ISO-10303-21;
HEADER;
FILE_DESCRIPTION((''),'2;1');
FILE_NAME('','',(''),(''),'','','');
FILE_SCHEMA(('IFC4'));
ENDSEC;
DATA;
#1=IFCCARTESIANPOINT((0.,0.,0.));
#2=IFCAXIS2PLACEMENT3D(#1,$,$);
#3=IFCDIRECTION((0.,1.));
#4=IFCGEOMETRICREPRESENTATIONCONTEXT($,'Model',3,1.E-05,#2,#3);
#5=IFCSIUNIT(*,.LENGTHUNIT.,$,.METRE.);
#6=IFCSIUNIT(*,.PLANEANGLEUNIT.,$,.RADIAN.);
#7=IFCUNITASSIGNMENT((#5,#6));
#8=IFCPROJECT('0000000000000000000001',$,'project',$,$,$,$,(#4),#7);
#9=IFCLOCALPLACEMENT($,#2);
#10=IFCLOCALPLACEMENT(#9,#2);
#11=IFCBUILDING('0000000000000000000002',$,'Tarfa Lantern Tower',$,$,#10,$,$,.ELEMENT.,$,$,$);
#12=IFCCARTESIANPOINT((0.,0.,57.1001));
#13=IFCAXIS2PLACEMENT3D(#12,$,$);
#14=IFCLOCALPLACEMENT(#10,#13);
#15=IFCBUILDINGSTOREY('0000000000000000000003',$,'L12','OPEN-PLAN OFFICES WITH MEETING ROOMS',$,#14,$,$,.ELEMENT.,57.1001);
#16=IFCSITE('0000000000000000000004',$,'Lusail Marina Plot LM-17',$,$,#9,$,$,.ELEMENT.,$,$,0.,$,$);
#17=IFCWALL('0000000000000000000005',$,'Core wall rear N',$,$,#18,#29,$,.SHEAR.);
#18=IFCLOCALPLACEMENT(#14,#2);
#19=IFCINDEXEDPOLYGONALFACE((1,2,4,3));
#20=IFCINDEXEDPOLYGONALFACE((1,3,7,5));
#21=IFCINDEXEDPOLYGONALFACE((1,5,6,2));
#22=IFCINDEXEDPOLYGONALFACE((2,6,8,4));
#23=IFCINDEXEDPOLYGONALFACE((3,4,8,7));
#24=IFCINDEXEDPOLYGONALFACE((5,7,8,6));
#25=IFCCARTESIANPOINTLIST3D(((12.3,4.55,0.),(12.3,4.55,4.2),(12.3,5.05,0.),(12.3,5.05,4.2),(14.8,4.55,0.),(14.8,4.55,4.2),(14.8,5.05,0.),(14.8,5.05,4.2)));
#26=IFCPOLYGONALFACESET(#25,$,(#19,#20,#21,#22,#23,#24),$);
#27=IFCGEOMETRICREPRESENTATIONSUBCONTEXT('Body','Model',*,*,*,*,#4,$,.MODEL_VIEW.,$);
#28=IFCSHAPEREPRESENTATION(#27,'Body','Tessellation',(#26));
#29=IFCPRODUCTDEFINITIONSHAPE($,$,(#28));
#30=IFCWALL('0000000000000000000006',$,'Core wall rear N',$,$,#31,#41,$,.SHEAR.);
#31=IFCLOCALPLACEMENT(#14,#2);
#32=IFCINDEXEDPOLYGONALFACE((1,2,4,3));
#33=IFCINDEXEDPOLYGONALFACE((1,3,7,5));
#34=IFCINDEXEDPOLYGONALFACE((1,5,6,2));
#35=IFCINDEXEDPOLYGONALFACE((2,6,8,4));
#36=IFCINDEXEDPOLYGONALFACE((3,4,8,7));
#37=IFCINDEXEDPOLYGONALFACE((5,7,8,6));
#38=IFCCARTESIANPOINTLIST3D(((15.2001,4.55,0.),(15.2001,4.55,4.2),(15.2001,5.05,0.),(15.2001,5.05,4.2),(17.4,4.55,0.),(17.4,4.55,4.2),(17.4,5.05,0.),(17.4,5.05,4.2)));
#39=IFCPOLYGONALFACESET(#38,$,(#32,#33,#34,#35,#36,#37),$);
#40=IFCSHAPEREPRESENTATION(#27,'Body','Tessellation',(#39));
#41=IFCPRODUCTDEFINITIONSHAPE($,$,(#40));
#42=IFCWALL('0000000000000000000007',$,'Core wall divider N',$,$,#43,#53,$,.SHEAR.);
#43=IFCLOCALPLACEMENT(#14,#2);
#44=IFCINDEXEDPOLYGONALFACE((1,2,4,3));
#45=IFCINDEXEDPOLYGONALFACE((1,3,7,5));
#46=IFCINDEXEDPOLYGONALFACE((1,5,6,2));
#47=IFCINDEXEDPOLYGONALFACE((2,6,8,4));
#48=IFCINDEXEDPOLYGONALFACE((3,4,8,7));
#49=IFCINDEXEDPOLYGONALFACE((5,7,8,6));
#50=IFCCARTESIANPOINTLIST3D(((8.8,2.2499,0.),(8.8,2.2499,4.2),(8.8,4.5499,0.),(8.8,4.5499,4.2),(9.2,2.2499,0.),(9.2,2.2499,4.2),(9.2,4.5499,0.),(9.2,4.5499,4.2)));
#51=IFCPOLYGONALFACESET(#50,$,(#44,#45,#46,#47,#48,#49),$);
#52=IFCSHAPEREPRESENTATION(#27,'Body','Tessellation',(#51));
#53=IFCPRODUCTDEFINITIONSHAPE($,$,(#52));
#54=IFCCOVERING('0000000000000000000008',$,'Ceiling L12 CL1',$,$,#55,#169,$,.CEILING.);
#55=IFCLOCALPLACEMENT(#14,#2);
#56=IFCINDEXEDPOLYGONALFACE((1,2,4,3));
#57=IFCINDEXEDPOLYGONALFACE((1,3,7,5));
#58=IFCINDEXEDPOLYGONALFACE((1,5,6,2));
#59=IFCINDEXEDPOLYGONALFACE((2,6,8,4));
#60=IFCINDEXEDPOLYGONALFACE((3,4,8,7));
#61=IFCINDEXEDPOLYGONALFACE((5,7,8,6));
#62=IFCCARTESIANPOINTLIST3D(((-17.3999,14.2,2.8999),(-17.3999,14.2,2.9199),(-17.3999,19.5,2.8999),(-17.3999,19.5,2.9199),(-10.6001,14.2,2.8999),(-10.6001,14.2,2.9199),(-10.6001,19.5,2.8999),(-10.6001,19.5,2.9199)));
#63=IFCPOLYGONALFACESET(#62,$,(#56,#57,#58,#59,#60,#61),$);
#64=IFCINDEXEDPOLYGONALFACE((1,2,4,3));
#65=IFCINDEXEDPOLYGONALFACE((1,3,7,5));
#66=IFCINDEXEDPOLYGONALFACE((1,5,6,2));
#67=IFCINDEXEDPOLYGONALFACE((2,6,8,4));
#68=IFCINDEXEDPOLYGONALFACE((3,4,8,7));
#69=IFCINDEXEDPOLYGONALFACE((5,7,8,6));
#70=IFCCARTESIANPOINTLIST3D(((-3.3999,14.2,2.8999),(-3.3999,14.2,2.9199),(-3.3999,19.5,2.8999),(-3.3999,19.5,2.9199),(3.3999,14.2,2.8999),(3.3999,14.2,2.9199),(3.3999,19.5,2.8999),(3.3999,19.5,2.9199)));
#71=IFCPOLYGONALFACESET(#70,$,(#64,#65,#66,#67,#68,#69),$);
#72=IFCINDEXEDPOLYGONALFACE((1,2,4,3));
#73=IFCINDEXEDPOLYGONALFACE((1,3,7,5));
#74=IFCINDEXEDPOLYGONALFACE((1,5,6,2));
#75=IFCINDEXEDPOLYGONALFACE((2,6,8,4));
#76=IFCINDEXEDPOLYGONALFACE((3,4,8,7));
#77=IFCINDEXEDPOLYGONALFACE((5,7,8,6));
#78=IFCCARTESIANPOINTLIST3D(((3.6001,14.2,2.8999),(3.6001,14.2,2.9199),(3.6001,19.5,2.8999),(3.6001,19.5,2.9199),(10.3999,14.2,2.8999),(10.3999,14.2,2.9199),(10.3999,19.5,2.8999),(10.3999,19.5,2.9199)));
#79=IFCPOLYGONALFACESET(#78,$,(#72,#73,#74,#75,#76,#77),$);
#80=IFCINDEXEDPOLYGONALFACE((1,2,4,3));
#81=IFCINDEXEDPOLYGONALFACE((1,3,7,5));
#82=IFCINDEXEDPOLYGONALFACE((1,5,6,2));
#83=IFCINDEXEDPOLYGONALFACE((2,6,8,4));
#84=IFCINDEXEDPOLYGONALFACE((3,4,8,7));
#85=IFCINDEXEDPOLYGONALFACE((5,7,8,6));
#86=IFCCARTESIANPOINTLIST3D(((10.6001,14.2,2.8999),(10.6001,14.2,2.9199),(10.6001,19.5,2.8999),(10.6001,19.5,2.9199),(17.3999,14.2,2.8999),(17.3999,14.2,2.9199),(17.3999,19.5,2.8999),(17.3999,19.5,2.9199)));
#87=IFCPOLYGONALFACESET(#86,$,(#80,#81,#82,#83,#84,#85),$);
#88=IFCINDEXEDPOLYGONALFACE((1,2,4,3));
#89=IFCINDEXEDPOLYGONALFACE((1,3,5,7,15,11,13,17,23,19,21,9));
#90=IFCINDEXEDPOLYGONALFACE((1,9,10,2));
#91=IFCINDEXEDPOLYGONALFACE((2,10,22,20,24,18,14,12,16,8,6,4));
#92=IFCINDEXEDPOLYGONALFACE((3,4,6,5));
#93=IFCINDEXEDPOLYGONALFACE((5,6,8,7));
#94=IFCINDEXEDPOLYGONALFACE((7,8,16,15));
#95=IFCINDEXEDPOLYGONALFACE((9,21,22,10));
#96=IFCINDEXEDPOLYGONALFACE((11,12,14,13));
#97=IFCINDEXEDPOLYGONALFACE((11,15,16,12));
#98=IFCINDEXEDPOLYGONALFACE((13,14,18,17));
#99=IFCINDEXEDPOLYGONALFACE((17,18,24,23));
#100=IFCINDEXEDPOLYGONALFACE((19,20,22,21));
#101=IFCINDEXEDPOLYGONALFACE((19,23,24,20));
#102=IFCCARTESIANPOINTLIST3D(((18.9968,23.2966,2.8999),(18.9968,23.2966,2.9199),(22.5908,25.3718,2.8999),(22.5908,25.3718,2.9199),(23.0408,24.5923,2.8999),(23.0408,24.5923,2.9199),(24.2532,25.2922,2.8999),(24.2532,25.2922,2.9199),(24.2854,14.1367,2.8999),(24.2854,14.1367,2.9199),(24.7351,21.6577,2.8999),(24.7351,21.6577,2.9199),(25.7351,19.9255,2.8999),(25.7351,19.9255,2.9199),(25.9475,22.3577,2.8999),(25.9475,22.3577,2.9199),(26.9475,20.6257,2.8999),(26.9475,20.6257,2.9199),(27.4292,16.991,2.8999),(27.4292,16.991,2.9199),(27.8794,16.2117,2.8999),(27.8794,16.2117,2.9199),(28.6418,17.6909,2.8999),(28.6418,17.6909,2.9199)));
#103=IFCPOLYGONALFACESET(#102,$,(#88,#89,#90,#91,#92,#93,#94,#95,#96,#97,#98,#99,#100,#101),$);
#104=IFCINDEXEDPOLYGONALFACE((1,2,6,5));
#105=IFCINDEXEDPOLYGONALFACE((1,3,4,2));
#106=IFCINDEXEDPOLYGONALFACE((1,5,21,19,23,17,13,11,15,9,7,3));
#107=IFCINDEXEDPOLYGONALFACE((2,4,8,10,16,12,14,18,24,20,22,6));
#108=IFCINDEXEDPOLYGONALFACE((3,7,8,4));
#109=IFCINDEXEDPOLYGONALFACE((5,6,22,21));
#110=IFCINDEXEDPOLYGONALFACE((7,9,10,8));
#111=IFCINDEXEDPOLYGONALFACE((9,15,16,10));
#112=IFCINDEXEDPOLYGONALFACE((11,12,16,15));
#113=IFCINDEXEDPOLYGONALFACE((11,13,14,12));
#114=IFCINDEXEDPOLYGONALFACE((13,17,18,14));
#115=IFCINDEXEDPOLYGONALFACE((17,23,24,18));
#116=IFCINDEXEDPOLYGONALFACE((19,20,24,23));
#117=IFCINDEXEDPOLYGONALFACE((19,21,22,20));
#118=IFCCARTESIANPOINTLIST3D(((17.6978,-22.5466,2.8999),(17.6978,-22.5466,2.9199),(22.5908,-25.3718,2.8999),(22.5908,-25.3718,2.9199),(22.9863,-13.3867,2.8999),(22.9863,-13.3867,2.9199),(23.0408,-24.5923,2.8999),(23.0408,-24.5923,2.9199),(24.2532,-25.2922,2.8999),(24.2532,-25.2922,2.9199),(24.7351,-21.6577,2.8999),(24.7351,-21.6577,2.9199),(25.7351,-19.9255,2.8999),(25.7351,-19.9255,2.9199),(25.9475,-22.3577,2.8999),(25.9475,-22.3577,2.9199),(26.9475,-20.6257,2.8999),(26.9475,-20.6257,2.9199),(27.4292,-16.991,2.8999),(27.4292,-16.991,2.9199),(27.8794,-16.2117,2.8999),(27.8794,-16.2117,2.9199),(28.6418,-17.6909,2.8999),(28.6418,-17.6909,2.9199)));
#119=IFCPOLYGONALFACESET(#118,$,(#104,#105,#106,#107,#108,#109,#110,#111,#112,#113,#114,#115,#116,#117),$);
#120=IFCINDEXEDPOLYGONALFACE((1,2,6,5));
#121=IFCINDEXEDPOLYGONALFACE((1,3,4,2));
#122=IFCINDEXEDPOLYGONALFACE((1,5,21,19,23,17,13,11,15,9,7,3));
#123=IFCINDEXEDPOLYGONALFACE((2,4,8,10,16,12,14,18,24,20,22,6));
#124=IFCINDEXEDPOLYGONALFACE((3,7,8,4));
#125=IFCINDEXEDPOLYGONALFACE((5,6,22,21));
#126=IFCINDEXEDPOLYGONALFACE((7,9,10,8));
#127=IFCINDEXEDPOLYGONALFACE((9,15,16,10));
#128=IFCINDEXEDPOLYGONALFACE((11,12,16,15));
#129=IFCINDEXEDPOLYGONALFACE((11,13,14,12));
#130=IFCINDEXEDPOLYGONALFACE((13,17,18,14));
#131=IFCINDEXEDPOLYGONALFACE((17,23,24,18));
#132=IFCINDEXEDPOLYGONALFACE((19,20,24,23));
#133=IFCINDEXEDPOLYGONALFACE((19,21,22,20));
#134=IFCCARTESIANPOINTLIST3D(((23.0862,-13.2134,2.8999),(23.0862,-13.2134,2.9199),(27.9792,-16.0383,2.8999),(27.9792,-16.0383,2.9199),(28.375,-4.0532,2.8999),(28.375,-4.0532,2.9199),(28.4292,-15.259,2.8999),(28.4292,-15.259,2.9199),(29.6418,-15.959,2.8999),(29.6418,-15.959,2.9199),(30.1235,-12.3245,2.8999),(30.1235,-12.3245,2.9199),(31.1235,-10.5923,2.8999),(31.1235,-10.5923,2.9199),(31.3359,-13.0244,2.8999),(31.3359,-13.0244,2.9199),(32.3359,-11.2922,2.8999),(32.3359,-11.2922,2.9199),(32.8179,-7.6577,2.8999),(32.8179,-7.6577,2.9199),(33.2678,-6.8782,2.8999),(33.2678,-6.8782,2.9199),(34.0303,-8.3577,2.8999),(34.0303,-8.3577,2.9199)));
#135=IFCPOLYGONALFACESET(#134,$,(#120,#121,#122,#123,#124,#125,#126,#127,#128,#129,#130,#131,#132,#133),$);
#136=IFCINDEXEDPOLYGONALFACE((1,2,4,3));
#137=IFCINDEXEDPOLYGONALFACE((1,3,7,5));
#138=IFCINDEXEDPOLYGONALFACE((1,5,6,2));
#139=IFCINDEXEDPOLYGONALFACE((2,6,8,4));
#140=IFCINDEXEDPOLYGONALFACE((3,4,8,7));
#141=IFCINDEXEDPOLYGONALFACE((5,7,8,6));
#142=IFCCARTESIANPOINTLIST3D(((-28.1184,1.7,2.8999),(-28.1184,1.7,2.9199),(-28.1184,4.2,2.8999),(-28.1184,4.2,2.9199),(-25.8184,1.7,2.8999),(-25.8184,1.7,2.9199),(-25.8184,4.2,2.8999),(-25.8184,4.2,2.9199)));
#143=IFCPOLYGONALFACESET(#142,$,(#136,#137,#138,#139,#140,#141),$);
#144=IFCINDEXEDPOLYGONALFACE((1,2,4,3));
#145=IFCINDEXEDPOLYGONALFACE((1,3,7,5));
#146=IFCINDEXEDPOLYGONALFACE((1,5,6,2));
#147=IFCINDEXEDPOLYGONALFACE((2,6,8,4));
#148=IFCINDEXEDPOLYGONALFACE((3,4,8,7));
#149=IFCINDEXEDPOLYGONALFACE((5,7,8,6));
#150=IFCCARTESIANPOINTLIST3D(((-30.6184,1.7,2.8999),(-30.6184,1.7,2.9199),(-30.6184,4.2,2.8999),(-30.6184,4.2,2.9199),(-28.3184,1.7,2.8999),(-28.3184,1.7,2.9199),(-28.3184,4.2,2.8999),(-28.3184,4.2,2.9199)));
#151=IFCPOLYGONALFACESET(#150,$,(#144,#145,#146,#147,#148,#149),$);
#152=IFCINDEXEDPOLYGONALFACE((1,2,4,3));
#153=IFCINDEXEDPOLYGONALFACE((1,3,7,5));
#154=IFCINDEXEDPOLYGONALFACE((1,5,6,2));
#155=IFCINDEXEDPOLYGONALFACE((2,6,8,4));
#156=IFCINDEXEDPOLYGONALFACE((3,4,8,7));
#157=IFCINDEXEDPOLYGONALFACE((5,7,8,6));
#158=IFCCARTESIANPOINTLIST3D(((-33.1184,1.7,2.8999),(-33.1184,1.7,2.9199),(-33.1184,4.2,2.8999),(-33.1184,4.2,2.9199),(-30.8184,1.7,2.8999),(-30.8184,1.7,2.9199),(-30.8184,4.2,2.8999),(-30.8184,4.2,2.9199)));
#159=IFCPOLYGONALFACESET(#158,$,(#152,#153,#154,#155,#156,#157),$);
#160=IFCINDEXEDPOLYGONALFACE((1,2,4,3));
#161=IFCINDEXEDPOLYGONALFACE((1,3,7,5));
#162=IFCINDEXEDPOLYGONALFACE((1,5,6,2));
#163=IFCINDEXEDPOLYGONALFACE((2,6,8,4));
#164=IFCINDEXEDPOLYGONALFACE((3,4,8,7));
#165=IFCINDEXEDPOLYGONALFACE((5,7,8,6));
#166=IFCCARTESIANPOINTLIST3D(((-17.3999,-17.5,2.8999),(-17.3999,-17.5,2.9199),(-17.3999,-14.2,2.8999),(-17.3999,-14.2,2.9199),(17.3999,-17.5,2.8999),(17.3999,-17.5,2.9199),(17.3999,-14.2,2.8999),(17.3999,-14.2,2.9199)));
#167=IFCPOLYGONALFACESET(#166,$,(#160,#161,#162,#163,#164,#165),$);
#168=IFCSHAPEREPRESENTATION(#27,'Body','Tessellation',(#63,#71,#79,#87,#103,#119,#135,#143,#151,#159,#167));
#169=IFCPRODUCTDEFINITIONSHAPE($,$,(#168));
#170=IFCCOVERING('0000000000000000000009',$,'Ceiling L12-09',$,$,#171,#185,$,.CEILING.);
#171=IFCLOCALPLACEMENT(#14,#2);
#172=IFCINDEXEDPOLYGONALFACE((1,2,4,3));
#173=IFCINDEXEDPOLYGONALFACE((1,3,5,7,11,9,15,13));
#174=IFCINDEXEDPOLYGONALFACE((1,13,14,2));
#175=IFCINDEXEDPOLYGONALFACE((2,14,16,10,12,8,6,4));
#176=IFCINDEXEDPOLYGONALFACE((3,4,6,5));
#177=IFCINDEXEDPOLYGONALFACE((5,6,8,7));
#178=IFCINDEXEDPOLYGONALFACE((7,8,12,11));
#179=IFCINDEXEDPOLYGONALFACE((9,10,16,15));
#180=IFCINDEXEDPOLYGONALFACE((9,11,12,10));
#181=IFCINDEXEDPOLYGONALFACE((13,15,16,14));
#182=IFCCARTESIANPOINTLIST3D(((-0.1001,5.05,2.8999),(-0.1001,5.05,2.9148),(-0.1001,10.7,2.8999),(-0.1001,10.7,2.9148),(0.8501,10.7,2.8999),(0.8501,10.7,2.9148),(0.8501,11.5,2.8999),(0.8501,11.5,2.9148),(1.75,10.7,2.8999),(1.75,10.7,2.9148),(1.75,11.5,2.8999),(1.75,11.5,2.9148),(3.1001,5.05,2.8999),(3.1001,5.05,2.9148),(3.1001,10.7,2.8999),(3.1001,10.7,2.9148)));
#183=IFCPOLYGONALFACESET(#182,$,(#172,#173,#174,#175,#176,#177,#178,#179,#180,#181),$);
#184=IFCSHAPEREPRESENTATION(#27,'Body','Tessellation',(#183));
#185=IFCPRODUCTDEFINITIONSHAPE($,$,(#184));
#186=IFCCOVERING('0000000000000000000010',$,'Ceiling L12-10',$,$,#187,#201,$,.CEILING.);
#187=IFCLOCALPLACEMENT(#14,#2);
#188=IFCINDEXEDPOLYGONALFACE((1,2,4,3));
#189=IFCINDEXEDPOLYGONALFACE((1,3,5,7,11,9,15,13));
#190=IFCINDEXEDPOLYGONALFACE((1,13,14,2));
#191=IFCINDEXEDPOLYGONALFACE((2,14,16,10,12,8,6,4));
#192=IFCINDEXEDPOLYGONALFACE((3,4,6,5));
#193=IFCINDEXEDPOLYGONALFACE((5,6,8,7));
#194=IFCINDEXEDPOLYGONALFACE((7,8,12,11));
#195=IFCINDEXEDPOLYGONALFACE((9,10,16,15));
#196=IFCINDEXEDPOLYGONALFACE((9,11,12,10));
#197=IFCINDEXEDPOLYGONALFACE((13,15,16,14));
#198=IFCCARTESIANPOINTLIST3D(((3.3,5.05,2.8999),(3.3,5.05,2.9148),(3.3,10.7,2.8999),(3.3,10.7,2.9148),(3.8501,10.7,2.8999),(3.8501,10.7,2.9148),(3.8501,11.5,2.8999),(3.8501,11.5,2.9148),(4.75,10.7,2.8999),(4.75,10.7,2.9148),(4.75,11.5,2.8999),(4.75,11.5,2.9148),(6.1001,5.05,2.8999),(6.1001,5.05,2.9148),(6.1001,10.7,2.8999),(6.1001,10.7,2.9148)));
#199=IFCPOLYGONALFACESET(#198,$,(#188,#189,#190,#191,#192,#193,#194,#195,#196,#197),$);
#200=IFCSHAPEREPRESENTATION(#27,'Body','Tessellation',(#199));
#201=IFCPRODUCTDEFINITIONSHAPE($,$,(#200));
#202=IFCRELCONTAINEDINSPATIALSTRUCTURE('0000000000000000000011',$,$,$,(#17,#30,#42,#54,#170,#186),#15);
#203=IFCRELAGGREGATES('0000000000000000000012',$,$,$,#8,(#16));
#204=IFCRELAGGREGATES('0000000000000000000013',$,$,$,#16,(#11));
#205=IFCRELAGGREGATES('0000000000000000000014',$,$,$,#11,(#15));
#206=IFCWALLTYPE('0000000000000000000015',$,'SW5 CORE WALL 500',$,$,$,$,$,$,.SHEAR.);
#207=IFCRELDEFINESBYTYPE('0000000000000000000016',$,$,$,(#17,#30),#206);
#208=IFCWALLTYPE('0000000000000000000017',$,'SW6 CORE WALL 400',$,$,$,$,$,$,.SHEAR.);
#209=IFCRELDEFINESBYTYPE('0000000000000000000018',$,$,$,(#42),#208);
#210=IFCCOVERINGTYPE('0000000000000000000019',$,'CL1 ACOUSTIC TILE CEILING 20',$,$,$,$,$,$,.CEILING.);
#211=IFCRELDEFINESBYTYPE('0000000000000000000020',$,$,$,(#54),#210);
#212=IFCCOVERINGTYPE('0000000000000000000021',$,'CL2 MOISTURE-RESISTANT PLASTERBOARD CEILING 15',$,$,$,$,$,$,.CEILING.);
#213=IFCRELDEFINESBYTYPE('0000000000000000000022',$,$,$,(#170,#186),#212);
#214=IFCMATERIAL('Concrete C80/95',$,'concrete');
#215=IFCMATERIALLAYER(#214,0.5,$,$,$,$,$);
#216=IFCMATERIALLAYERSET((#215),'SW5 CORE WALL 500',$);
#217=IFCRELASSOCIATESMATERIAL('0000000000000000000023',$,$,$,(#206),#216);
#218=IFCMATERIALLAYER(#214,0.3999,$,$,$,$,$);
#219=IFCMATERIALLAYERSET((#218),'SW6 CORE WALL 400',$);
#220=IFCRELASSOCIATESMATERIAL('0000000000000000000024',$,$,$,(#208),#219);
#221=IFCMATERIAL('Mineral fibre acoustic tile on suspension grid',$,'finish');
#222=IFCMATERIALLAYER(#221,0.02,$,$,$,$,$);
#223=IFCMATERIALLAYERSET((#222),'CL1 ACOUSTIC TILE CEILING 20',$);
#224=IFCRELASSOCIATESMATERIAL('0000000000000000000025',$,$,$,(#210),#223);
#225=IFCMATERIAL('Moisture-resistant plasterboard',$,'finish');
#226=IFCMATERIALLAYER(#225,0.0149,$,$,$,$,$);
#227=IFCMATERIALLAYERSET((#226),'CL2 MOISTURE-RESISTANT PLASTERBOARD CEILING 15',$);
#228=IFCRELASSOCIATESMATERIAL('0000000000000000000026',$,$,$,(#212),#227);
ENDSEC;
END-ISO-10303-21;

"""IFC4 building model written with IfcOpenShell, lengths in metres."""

from ifc_helpers import new_model, si_unit, direction, frame, frame_2d, origin, place, context, subcontext, project, spatial, polyline, rectangle, outline, extrude, material, layer, layer_set, type_object, element, save


model = new_model("IFC4")

# Units and contexts
model_context = context("Model", 3, precision=1e-05, world=origin(), true_north=direction((0.0, 1.0)))
body_context = subcontext(model_context, "Body", "Model", "MODEL_VIEW")
ifc_project = project(units=[si_unit("LENGTHUNIT", "METRE"), si_unit("PLANEANGLEUNIT", "RADIAN")], contexts=[model_context])

# Site, building, storey
site_placement = place(None, origin())
site = spatial("IfcSite", under=ifc_project, at=site_placement, Name="Lusail Marina Plot LM-17", CompositionType="ELEMENT", RefElevation=0.0)
building_placement = place(site_placement, origin())
building = spatial("IfcBuilding", under=site, at=building_placement, Name="Tarfa Lantern Tower", CompositionType="ELEMENT")
storey_placement = place(building_placement, frame((0.0, 0.0, 57.1001)))
storey = spatial("IfcBuildingStorey", under=building, at=storey_placement, Name="L12", Description="OPEN-PLAN OFFICES WITH MEETING ROOMS", CompositionType="ELEMENT", Elevation=57.1001)

# Walls
ifc_material_1 = material(Name="Concrete C80/95", Category="concrete")
ifc_layer_1 = layer(ifc_material_1, 0.5)
ifc_layer_set_1 = layer_set([ifc_layer_1], Name="SW5 CORE WALL 500")
wall_type_1 = type_object("IfcWallType", Name="SW5 CORE WALL 500", PredefinedType="SHEAR", material=ifc_layer_set_1)
wall_1_placement = place(storey_placement, frame((12.3, 4.8, 0.0), z_axis=(0.0, 0.0, 1.0), x_axis=(1.0, 0.0, 0.0)))
element("IfcWall", 1, at=wall_1_placement, inside=storey, type_object=wall_type_1, Name="Core wall rear N", PredefinedType="SHEAR", context=body_context, shape_type="SweptSolid", body=[
    extrude(rectangle(XDim=2.5, YDim=0.5, at=frame_2d((1.25, 0.0))), origin(), (0.0, 0.0, 1.0), 4.2),
])
wall_2_placement = place(storey_placement, frame((15.2, 4.8, 0.0), z_axis=(0.0, 0.0, 1.0), x_axis=(1.0, 0.0, 0.0)))
element("IfcWall", 2, at=wall_2_placement, inside=storey, type_object=wall_type_1, Name="Core wall rear N", PredefinedType="SHEAR", context=body_context, shape_type="SweptSolid", body=[
    extrude(rectangle(XDim=2.2, YDim=0.5, at=frame_2d((1.1001, 0.0))), origin(), (0.0, 0.0, 1.0), 4.2),
])
ifc_layer_2 = layer(ifc_material_1, 0.3999)
ifc_layer_set_2 = layer_set([ifc_layer_2], Name="SW6 CORE WALL 400")
wall_type_2 = type_object("IfcWallType", Name="SW6 CORE WALL 400", PredefinedType="SHEAR", material=ifc_layer_set_2)
wall_3_placement = place(storey_placement, frame((9.0, 2.25, 0.0), z_axis=(0.0, 0.0, 1.0), x_axis=(0.0, 1.0, 0.0)))
element("IfcWall", 3, at=wall_3_placement, inside=storey, type_object=wall_type_2, Name="Core wall divider N", PredefinedType="SHEAR", context=body_context, shape_type="SweptSolid", body=[
    extrude(rectangle(XDim=2.3, YDim=0.3999, at=frame_2d((1.1499, 0.0))), origin(), (0.0, 0.0, 1.0), 4.2),
])

# Coverings
ifc_material_2 = material(Name="Mineral fibre acoustic tile on suspension grid", Category="finish")
ifc_layer_3 = layer(ifc_material_2, 0.02)
ifc_layer_set_3 = layer_set([ifc_layer_3], Name="CL1 ACOUSTIC TILE CEILING 20")
covering_type_1 = type_object("IfcCoveringType", Name="CL1 ACOUSTIC TILE CEILING 20", PredefinedType="CEILING", material=ifc_layer_set_3)
covering_1_placement = place(storey_placement, frame((0.0, 0.0, 2.8999)))
element("IfcCovering", 4, at=covering_1_placement, inside=storey, type_object=covering_type_1, Name="Ceiling L12 CL1", PredefinedType="CEILING", context=body_context, shape_type="SweptSolid", body=[
    extrude(outline(polyline([(-17.3999, 19.5), (-10.6001, 19.5), (-10.6001, 14.2), (-17.3999, 14.2), (-17.3999, 19.5)])), origin(), (0.0, 0.0, 1.0), 0.02),
    extrude(outline(polyline([(-3.3999, 19.5), (3.3999, 19.5), (3.3999, 14.2), (-3.3999, 14.2), (-3.3999, 19.5)])), origin(), (0.0, 0.0, 1.0), 0.02),
    extrude(outline(polyline([(3.6001, 19.5), (10.3999, 19.5), (10.3999, 14.2), (3.6001, 14.2), (3.6001, 19.5)])), origin(), (0.0, 0.0, 1.0), 0.02),
    extrude(outline(polyline([(10.6001, 19.5), (17.3999, 19.5), (17.3999, 14.2), (10.6001, 14.2), (10.6001, 19.5)])), origin(), (0.0, 0.0, 1.0), 0.02),
    extrude(outline(polyline([(18.9968, 23.2966), (22.5908, 25.3718), (23.0408, 24.5923), (24.2532, 25.2922), (25.9475, 22.3577), (24.7351, 21.6577), (25.7351, 19.9255), (26.9475, 20.6257), (28.6418, 17.6909), (27.4292, 16.991), (27.8794, 16.2117), (24.2854, 14.1367), (18.9968, 23.2966)])), origin(), (0.0, 0.0, 1.0), 0.02),
    extrude(outline(polyline([(22.9863, -13.3867), (27.8794, -16.2117), (27.4292, -16.991), (28.6418, -17.6909), (26.9475, -20.6257), (25.7351, -19.9255), (24.7351, -21.6577), (25.9475, -22.3577), (24.2532, -25.2922), (23.0408, -24.5923), (22.5908, -25.3718), (17.6978, -22.5466), (22.9863, -13.3867)])), origin(), (0.0, 0.0, 1.0), 0.02),
    extrude(outline(polyline([(28.375, -4.0532), (33.2678, -6.8782), (32.8179, -7.6577), (34.0303, -8.3577), (32.3359, -11.2922), (31.1235, -10.5923), (30.1235, -12.3245), (31.3359, -13.0244), (29.6418, -15.959), (28.4292, -15.259), (27.9792, -16.0383), (23.0862, -13.2134), (28.375, -4.0532)])), origin(), (0.0, 0.0, 1.0), 0.02),
    extrude(outline(polyline([(-28.1184, 4.2), (-25.8184, 4.2), (-25.8184, 1.7), (-28.1184, 1.7), (-28.1184, 4.2)])), origin(), (0.0, 0.0, 1.0), 0.02),
    extrude(outline(polyline([(-30.6184, 4.2), (-28.3184, 4.2), (-28.3184, 1.7), (-30.6184, 1.7), (-30.6184, 4.2)])), origin(), (0.0, 0.0, 1.0), 0.02),
    extrude(outline(polyline([(-33.1184, 4.2), (-30.8184, 4.2), (-30.8184, 1.7), (-33.1184, 1.7), (-33.1184, 4.2)])), origin(), (0.0, 0.0, 1.0), 0.02),
    extrude(outline(polyline([(-17.3999, -14.2), (17.3999, -14.2), (17.3999, -17.5), (-17.3999, -17.5), (-17.3999, -14.2)])), origin(), (0.0, 0.0, 1.0), 0.02),
])
ifc_material_3 = material(Name="Moisture-resistant plasterboard", Category="finish")
ifc_layer_4 = layer(ifc_material_3, 0.0149)
ifc_layer_set_4 = layer_set([ifc_layer_4], Name="CL2 MOISTURE-RESISTANT PLASTERBOARD CEILING 15")
covering_type_2 = type_object("IfcCoveringType", Name="CL2 MOISTURE-RESISTANT PLASTERBOARD CEILING 15", PredefinedType="CEILING", material=ifc_layer_set_4)
covering_2_placement = place(storey_placement, frame((0.0, 0.0, 2.8999)))
element("IfcCovering", 5, at=covering_2_placement, inside=storey, type_object=covering_type_2, Name="Ceiling L12-09", PredefinedType="CEILING", context=body_context, shape_type="SweptSolid", body=[
    extrude(outline(polyline([(0.8501, 10.7), (-0.1001, 10.7), (-0.1001, 5.05), (3.1001, 5.05), (3.1001, 10.7), (1.75, 10.7), (1.75, 11.5), (0.8501, 11.5), (0.8501, 10.7)])), origin(), (0.0, 0.0, 1.0), 0.0149),
])
covering_3_placement = place(storey_placement, frame((0.0, 0.0, 2.8999)))
element("IfcCovering", 6, at=covering_3_placement, inside=storey, type_object=covering_type_2, Name="Ceiling L12-10", PredefinedType="CEILING", context=body_context, shape_type="SweptSolid", body=[
    extrude(outline(polyline([(3.3, 5.05), (6.1001, 5.05), (6.1001, 10.7), (4.75, 10.7), (4.75, 11.5), (3.8501, 11.5), (3.8501, 10.7), (3.3, 10.7), (3.3, 5.05)])), origin(), (0.0, 0.0, 1.0), 0.0149),
])

save(model, "model.ifc")
